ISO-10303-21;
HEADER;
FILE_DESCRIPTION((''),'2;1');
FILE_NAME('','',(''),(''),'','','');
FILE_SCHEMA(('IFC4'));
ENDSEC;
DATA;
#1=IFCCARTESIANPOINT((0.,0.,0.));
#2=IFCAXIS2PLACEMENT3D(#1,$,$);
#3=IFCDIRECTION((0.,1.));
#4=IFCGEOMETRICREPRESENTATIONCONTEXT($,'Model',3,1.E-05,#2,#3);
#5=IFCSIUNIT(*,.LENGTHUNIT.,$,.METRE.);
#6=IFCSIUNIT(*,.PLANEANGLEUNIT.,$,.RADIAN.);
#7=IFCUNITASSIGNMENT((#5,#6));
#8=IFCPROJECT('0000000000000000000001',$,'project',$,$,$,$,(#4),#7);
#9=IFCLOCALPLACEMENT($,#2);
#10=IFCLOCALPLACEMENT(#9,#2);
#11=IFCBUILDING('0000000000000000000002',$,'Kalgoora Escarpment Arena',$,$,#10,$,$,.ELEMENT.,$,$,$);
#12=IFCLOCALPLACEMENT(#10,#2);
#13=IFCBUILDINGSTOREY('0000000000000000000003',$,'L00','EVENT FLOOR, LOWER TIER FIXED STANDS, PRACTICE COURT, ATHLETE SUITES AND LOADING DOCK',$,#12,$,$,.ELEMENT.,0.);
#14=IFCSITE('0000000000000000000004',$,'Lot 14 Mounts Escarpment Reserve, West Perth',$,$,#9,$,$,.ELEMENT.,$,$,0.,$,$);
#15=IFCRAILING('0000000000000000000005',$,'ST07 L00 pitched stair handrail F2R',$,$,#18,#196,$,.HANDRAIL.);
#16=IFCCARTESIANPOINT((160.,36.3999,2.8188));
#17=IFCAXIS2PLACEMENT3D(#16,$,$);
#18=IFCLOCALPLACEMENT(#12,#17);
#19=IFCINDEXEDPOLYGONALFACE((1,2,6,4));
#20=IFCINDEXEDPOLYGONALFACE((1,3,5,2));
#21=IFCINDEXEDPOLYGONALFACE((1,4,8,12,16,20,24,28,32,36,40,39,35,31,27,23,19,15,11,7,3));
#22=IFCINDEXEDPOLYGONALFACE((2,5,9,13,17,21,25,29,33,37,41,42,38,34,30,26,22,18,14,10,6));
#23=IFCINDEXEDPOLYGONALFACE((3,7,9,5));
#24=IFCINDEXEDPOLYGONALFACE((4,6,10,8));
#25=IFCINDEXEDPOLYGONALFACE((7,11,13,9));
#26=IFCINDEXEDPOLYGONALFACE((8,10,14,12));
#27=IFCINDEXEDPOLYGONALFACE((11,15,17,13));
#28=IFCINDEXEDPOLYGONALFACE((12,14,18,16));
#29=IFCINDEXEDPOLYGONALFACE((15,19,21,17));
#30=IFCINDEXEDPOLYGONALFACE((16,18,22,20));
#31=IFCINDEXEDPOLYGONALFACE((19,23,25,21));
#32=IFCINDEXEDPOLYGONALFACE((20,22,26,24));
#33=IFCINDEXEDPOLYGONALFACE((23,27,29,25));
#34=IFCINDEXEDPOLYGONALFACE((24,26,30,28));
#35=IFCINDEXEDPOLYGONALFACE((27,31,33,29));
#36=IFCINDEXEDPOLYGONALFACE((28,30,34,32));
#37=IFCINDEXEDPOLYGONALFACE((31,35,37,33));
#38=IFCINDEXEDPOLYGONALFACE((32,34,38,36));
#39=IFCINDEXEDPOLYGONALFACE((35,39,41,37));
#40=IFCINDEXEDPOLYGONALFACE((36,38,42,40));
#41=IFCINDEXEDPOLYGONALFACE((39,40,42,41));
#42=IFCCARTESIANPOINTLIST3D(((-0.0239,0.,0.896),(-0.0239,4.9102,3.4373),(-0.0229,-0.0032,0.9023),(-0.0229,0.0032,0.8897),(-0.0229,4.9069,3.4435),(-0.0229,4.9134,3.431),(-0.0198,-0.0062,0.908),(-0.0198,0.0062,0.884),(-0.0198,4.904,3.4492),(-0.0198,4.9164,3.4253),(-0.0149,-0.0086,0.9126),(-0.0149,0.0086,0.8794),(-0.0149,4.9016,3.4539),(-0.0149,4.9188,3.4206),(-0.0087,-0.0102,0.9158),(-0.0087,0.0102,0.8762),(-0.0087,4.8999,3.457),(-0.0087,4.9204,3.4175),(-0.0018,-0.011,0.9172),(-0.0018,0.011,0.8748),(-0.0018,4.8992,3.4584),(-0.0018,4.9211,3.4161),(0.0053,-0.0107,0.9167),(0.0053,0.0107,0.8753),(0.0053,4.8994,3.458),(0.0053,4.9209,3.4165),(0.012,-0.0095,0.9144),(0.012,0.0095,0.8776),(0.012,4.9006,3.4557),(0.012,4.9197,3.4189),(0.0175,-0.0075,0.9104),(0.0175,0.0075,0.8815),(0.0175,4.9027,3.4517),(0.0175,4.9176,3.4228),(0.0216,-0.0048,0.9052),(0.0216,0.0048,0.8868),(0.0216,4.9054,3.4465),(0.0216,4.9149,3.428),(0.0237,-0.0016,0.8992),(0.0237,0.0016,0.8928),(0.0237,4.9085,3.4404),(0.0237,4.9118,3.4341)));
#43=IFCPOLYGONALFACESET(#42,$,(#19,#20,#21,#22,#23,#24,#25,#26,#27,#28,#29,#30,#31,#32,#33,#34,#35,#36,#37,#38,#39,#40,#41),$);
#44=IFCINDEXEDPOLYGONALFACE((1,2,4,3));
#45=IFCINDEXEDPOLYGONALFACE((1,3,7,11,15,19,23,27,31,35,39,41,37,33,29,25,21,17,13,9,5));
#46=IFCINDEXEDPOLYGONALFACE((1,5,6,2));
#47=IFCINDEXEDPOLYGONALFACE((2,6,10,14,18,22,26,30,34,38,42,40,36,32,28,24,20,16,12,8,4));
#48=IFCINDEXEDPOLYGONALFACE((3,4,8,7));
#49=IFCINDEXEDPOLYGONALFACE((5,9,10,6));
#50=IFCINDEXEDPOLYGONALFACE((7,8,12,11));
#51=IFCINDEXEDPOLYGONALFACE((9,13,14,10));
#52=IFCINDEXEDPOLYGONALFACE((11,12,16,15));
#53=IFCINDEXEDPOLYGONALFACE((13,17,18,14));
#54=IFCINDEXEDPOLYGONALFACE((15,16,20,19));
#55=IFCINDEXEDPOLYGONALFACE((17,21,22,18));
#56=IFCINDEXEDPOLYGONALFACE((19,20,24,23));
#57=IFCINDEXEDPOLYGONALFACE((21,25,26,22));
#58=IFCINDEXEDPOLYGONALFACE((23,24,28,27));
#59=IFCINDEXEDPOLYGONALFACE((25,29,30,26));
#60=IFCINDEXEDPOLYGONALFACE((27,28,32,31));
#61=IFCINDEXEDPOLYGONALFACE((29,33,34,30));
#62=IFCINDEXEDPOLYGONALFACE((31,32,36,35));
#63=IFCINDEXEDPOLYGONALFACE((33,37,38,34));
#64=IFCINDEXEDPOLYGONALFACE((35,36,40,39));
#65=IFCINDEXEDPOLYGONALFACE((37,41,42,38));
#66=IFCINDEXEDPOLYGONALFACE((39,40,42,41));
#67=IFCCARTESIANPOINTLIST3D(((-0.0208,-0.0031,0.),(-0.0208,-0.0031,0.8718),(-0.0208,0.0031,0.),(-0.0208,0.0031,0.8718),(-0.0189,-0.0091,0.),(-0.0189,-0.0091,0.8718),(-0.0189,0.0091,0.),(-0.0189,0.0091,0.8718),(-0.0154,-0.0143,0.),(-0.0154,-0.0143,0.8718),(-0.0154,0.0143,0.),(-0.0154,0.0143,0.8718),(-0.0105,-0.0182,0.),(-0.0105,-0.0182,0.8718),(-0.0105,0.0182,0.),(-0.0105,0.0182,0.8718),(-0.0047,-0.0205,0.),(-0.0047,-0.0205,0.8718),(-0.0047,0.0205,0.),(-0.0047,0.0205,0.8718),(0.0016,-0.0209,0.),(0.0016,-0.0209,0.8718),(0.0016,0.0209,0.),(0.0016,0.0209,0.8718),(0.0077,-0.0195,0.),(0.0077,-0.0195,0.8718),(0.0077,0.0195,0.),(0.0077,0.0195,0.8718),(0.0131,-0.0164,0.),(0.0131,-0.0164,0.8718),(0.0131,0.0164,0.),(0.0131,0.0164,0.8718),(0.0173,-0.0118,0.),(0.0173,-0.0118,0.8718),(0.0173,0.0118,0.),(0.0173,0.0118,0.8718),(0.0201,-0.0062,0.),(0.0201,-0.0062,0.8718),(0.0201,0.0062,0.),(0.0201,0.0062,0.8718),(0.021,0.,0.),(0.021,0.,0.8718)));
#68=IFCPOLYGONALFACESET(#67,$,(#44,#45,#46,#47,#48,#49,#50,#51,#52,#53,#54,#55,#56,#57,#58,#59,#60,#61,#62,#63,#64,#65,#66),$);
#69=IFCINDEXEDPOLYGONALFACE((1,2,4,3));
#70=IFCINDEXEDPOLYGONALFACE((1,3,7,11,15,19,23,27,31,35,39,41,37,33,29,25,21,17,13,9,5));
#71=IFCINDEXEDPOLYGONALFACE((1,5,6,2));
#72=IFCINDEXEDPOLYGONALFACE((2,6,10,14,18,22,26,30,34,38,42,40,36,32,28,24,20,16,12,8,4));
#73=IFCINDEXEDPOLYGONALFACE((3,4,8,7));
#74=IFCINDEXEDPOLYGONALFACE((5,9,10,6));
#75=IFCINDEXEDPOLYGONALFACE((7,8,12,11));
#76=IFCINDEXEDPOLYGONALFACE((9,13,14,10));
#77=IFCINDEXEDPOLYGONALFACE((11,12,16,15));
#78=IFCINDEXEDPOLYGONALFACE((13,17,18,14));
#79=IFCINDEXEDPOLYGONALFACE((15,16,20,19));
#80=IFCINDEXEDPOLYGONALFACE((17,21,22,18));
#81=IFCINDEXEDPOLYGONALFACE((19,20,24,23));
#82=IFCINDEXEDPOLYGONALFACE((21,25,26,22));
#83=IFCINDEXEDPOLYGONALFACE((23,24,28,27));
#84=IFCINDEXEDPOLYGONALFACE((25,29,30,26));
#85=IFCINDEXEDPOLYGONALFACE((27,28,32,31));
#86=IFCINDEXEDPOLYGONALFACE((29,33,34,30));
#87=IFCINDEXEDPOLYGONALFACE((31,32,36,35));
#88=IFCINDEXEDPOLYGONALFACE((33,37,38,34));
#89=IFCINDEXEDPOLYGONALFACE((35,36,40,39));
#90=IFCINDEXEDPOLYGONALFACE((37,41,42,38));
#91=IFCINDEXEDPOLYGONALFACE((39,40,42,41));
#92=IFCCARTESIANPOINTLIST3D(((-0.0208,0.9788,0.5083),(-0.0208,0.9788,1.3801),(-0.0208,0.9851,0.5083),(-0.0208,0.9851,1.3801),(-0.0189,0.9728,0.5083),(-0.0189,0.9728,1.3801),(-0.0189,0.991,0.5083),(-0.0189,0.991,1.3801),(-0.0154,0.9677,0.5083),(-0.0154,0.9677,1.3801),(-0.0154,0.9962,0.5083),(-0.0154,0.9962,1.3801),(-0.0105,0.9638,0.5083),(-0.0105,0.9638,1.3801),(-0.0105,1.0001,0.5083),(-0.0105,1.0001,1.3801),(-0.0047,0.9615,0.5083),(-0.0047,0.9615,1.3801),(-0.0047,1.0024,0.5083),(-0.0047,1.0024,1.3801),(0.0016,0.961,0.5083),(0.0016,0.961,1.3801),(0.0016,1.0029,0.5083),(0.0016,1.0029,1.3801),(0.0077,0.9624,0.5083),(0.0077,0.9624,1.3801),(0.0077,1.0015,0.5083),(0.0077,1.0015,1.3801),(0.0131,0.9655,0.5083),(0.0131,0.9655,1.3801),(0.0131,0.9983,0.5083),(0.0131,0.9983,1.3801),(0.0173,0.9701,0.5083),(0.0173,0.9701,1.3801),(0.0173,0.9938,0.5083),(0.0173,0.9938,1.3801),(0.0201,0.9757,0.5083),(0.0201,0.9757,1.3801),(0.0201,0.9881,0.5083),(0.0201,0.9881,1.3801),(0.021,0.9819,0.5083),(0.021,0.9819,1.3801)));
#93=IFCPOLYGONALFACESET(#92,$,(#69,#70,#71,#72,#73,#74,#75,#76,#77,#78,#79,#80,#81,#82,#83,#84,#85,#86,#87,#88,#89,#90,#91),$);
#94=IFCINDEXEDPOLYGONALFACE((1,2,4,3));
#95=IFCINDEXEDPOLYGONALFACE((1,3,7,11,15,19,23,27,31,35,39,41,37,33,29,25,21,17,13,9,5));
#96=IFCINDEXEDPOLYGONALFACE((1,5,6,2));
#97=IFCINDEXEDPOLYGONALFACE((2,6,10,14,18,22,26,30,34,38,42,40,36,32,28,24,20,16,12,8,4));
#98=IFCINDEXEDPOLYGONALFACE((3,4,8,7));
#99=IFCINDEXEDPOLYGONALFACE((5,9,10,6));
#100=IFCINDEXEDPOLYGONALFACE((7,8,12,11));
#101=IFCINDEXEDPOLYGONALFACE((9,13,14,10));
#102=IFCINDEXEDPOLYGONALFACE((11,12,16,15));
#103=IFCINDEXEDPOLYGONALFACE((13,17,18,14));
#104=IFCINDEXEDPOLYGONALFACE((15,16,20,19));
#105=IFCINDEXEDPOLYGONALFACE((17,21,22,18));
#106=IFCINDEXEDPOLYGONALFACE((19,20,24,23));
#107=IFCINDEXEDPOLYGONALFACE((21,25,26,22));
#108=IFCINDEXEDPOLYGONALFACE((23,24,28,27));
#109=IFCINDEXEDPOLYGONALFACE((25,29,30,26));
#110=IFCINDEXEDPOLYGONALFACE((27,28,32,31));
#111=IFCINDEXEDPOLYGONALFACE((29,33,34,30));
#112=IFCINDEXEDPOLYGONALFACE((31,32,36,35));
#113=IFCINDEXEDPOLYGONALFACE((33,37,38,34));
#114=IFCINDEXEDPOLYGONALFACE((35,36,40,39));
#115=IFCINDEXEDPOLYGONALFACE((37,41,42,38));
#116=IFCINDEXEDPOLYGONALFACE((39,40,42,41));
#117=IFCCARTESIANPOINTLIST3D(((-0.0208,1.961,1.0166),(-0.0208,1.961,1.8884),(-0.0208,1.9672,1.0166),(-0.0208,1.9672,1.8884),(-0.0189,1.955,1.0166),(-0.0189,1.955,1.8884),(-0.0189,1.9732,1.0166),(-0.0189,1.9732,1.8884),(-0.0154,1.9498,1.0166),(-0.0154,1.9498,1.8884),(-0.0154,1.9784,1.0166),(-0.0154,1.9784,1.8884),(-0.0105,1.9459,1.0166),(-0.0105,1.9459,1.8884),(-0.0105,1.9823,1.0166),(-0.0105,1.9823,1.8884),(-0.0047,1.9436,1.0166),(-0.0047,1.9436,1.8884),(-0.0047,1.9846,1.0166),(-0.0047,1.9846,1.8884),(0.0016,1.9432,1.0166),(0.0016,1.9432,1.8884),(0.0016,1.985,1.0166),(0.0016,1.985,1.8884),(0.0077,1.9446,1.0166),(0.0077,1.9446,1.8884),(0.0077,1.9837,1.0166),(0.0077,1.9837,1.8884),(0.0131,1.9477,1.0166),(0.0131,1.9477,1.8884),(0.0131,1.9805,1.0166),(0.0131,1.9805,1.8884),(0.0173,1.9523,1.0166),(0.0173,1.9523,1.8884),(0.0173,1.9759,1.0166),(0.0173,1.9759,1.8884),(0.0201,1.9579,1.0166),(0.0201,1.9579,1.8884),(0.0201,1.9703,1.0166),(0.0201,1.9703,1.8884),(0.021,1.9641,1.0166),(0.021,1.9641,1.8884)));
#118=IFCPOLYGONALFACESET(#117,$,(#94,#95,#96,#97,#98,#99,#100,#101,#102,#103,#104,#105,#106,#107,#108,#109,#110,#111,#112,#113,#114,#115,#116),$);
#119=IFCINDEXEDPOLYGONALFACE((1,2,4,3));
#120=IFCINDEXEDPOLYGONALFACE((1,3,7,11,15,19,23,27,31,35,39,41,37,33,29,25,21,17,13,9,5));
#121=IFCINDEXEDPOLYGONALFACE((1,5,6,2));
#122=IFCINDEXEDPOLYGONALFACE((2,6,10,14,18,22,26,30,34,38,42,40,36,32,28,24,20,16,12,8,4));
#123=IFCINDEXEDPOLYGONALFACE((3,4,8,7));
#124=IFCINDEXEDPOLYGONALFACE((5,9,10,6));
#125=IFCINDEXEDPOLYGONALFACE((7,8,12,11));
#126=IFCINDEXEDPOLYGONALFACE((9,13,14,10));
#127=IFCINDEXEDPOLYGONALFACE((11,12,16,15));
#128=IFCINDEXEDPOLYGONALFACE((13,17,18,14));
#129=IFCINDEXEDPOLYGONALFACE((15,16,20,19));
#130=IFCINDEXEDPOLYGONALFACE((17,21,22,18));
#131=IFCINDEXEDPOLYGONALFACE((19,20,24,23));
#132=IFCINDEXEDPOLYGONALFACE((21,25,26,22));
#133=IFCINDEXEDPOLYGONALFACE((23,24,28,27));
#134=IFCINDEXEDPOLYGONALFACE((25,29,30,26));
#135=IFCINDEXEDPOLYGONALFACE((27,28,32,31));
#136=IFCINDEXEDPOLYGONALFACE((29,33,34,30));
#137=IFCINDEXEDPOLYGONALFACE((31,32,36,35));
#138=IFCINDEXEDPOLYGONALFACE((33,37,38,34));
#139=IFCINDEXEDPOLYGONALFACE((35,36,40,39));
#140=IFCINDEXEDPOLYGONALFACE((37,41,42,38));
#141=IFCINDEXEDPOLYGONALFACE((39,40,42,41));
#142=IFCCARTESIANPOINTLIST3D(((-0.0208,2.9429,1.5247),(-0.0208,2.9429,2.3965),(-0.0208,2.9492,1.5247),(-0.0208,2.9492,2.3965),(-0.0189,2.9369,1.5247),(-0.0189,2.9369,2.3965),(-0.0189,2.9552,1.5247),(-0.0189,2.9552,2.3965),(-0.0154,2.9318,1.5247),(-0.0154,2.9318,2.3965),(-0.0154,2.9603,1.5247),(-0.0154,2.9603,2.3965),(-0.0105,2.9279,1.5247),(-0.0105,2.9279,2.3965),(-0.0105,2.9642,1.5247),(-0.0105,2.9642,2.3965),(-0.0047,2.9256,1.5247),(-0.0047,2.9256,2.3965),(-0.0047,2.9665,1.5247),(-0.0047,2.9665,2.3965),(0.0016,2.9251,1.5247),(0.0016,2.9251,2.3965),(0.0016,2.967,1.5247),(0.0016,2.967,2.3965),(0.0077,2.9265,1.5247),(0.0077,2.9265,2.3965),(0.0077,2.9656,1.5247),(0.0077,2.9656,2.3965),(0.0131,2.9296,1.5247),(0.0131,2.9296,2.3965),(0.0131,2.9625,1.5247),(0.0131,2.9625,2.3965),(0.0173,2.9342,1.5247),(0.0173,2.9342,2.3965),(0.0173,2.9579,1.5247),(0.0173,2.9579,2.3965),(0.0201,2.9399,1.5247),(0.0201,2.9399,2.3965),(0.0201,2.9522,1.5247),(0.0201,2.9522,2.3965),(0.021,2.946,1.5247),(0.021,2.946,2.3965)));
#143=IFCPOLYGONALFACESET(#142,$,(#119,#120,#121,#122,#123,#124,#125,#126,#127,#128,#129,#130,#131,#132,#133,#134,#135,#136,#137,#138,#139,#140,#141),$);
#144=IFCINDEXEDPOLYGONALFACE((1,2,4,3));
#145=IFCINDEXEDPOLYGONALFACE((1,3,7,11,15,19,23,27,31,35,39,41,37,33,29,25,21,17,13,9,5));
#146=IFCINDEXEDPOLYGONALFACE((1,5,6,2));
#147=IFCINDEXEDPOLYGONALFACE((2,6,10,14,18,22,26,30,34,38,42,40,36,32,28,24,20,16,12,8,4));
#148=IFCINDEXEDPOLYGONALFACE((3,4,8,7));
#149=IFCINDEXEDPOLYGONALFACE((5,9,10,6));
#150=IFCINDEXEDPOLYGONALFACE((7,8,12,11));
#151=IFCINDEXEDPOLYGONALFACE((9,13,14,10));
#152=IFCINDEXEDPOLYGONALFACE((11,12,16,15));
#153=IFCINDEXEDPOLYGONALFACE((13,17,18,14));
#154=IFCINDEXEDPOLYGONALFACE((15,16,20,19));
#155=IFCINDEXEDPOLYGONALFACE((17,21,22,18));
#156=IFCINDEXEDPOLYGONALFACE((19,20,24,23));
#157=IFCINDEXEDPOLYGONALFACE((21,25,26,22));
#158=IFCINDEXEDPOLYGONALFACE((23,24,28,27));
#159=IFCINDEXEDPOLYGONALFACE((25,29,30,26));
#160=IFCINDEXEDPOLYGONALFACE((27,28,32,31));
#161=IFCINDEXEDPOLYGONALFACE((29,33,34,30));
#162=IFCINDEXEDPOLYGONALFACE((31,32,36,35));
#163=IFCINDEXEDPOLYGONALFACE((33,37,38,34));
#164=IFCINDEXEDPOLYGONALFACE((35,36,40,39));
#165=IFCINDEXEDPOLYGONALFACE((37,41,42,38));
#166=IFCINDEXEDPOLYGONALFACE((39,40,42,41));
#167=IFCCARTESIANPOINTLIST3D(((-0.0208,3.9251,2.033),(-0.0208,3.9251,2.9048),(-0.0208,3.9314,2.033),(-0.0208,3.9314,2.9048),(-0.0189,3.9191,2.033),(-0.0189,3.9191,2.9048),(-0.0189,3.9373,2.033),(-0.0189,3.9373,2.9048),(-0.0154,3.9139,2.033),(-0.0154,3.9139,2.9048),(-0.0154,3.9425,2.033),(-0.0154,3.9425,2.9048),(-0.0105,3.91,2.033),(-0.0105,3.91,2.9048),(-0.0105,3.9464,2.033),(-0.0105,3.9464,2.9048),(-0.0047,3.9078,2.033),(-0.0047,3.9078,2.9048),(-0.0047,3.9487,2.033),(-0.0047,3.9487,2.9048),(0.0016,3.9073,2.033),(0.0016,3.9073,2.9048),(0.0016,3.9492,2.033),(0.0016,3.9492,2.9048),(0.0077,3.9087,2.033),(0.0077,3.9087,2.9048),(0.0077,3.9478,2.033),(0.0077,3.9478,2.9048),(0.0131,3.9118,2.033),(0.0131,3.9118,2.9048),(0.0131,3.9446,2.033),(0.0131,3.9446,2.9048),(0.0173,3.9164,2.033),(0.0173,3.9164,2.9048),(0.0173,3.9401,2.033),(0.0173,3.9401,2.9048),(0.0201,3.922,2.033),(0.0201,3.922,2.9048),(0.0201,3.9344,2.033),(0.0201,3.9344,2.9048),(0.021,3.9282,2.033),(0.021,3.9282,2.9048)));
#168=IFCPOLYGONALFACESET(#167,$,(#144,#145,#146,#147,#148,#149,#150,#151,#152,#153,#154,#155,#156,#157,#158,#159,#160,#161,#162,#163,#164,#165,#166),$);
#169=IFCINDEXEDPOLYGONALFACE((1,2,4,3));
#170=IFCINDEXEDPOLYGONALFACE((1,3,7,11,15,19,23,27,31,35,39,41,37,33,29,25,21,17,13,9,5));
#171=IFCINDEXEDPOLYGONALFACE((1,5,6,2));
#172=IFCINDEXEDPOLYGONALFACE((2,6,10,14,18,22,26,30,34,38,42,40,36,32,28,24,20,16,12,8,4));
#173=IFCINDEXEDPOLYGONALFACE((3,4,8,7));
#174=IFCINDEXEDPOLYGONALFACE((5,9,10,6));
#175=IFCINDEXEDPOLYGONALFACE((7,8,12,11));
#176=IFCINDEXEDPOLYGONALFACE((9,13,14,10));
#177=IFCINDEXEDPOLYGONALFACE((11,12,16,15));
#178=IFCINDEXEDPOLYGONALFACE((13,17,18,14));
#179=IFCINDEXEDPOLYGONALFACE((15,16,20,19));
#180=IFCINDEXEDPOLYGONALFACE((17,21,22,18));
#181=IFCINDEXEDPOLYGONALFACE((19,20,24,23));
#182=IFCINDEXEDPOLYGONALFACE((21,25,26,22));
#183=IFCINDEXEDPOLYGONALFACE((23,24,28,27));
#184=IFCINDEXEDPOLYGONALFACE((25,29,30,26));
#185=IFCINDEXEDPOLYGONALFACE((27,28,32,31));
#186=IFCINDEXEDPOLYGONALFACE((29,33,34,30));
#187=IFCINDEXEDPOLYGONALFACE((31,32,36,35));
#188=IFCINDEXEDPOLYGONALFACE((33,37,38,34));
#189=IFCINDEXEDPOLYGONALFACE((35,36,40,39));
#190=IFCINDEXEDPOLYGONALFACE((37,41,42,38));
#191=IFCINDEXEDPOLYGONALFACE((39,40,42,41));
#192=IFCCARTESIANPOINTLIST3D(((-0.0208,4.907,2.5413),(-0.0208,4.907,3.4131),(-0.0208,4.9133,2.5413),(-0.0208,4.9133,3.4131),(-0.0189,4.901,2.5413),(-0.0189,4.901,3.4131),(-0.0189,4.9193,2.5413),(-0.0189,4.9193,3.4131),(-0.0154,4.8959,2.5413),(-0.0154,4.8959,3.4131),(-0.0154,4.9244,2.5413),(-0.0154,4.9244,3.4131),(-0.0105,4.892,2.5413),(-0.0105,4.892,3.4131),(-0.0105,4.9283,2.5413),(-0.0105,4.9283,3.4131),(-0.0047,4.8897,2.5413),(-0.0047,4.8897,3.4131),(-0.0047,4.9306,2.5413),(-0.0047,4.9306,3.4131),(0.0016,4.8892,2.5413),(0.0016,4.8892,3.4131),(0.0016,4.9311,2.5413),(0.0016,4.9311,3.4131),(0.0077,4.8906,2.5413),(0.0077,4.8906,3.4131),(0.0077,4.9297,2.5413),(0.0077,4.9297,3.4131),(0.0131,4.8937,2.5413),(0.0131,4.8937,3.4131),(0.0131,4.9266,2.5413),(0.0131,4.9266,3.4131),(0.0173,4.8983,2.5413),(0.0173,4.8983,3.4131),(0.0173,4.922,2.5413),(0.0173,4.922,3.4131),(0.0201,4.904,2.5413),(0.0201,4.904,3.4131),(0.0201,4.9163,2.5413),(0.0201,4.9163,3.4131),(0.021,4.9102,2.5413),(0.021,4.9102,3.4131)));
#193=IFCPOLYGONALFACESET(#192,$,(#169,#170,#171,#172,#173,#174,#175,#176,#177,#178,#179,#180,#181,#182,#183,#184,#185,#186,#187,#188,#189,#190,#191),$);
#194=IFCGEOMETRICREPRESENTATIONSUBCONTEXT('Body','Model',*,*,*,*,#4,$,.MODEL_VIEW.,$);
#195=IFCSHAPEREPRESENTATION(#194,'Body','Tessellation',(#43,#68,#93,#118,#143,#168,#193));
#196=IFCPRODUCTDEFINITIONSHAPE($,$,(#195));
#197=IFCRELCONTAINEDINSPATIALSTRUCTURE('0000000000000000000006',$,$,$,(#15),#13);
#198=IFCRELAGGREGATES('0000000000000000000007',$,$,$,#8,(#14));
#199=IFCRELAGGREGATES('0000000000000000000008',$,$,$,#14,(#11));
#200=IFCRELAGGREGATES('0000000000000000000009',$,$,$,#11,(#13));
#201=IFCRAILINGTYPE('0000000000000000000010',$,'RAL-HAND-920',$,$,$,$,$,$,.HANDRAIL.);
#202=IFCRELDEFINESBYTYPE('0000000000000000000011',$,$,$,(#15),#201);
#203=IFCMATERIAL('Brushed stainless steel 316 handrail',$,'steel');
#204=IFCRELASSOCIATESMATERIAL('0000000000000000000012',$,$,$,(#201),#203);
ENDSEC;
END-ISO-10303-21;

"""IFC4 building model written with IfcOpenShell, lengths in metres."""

from ifc_helpers import new_model, si_unit, direction, frame, origin, origin_2d, place, context, subcontext, project, spatial, circle, extrude, material, type_object, element, save


model = new_model("IFC4")

# Units and contexts
model_context = context("Model", 3, precision=1e-05, world=origin(), true_north=direction((0.0, 1.0)))
body_context = subcontext(model_context, "Body", "Model", "MODEL_VIEW")
ifc_project = project(units=[si_unit("LENGTHUNIT", "METRE"), si_unit("PLANEANGLEUNIT", "RADIAN")], contexts=[model_context])

# Site, building, storey
site_placement = place(None, origin())
site = spatial("IfcSite", under=ifc_project, at=site_placement, Name="Lot 14 Mounts Escarpment Reserve, West Perth", CompositionType="ELEMENT", RefElevation=0.0)
building_placement = place(site_placement, origin())
building = spatial("IfcBuilding", under=site, at=building_placement, Name="Kalgoora Escarpment Arena", CompositionType="ELEMENT")
storey_placement = place(building_placement, origin())
storey = spatial("IfcBuildingStorey", under=building, at=storey_placement, Name="L00", Description="EVENT FLOOR, LOWER TIER FIXED STANDS, PRACTICE COURT, ATHLETE SUITES AND LOADING DOCK", CompositionType="ELEMENT", Elevation=0.0)

# Railing
ifc_material_1 = material(Name="Brushed stainless steel 316 handrail", Category="steel")
railing_type = type_object("IfcRailingType", Name="RAL-HAND-920", PredefinedType="HANDRAIL", material=ifc_material_1)
for number, where, name in (
    (1, (160.0, 36.3999, 2.8188), "ST07 L00 pitched stair handrail F2R"),
):
    element("IfcRailing", number, at=place(storey_placement, frame(where)), inside=storey, type_object=railing_type, Name=name, PredefinedType="HANDRAIL", context=body_context, shape_type="SweptSolid", body=[
        extrude(circle(Radius=0.0239, at=origin_2d()), frame((0.0, 0.0, 0.896), z_axis=(0.0, 0.888105, 0.45964), x_axis=(-1.0, 0.0, 0.0)), (0.0, 0.0, 1.0), 5.5288),
        extrude(circle(Radius=0.021, at=origin_2d()), origin(), (0.0, 0.0, 1.0), 0.8718),
        extrude(circle(Radius=0.021, at=origin_2d()), frame((0.0, 0.9819, 0.5083)), (0.0, 0.0, 1.0), 0.8718),
        extrude(circle(Radius=0.021, at=origin_2d()), frame((0.0, 1.9641, 1.0166)), (0.0, 0.0, 1.0), 0.8718),
        extrude(circle(Radius=0.021, at=origin_2d()), frame((0.0, 2.946, 1.5247)), (0.0, 0.0, 1.0), 0.8718),
        extrude(circle(Radius=0.021, at=origin_2d()), frame((0.0, 3.9282, 2.033)), (0.0, 0.0, 1.0), 0.8718),
        extrude(circle(Radius=0.021, at=origin_2d()), frame((0.0, 4.9102, 2.5413)), (0.0, 0.0, 1.0), 0.8718),
    ])

save(model, "model.ifc")
